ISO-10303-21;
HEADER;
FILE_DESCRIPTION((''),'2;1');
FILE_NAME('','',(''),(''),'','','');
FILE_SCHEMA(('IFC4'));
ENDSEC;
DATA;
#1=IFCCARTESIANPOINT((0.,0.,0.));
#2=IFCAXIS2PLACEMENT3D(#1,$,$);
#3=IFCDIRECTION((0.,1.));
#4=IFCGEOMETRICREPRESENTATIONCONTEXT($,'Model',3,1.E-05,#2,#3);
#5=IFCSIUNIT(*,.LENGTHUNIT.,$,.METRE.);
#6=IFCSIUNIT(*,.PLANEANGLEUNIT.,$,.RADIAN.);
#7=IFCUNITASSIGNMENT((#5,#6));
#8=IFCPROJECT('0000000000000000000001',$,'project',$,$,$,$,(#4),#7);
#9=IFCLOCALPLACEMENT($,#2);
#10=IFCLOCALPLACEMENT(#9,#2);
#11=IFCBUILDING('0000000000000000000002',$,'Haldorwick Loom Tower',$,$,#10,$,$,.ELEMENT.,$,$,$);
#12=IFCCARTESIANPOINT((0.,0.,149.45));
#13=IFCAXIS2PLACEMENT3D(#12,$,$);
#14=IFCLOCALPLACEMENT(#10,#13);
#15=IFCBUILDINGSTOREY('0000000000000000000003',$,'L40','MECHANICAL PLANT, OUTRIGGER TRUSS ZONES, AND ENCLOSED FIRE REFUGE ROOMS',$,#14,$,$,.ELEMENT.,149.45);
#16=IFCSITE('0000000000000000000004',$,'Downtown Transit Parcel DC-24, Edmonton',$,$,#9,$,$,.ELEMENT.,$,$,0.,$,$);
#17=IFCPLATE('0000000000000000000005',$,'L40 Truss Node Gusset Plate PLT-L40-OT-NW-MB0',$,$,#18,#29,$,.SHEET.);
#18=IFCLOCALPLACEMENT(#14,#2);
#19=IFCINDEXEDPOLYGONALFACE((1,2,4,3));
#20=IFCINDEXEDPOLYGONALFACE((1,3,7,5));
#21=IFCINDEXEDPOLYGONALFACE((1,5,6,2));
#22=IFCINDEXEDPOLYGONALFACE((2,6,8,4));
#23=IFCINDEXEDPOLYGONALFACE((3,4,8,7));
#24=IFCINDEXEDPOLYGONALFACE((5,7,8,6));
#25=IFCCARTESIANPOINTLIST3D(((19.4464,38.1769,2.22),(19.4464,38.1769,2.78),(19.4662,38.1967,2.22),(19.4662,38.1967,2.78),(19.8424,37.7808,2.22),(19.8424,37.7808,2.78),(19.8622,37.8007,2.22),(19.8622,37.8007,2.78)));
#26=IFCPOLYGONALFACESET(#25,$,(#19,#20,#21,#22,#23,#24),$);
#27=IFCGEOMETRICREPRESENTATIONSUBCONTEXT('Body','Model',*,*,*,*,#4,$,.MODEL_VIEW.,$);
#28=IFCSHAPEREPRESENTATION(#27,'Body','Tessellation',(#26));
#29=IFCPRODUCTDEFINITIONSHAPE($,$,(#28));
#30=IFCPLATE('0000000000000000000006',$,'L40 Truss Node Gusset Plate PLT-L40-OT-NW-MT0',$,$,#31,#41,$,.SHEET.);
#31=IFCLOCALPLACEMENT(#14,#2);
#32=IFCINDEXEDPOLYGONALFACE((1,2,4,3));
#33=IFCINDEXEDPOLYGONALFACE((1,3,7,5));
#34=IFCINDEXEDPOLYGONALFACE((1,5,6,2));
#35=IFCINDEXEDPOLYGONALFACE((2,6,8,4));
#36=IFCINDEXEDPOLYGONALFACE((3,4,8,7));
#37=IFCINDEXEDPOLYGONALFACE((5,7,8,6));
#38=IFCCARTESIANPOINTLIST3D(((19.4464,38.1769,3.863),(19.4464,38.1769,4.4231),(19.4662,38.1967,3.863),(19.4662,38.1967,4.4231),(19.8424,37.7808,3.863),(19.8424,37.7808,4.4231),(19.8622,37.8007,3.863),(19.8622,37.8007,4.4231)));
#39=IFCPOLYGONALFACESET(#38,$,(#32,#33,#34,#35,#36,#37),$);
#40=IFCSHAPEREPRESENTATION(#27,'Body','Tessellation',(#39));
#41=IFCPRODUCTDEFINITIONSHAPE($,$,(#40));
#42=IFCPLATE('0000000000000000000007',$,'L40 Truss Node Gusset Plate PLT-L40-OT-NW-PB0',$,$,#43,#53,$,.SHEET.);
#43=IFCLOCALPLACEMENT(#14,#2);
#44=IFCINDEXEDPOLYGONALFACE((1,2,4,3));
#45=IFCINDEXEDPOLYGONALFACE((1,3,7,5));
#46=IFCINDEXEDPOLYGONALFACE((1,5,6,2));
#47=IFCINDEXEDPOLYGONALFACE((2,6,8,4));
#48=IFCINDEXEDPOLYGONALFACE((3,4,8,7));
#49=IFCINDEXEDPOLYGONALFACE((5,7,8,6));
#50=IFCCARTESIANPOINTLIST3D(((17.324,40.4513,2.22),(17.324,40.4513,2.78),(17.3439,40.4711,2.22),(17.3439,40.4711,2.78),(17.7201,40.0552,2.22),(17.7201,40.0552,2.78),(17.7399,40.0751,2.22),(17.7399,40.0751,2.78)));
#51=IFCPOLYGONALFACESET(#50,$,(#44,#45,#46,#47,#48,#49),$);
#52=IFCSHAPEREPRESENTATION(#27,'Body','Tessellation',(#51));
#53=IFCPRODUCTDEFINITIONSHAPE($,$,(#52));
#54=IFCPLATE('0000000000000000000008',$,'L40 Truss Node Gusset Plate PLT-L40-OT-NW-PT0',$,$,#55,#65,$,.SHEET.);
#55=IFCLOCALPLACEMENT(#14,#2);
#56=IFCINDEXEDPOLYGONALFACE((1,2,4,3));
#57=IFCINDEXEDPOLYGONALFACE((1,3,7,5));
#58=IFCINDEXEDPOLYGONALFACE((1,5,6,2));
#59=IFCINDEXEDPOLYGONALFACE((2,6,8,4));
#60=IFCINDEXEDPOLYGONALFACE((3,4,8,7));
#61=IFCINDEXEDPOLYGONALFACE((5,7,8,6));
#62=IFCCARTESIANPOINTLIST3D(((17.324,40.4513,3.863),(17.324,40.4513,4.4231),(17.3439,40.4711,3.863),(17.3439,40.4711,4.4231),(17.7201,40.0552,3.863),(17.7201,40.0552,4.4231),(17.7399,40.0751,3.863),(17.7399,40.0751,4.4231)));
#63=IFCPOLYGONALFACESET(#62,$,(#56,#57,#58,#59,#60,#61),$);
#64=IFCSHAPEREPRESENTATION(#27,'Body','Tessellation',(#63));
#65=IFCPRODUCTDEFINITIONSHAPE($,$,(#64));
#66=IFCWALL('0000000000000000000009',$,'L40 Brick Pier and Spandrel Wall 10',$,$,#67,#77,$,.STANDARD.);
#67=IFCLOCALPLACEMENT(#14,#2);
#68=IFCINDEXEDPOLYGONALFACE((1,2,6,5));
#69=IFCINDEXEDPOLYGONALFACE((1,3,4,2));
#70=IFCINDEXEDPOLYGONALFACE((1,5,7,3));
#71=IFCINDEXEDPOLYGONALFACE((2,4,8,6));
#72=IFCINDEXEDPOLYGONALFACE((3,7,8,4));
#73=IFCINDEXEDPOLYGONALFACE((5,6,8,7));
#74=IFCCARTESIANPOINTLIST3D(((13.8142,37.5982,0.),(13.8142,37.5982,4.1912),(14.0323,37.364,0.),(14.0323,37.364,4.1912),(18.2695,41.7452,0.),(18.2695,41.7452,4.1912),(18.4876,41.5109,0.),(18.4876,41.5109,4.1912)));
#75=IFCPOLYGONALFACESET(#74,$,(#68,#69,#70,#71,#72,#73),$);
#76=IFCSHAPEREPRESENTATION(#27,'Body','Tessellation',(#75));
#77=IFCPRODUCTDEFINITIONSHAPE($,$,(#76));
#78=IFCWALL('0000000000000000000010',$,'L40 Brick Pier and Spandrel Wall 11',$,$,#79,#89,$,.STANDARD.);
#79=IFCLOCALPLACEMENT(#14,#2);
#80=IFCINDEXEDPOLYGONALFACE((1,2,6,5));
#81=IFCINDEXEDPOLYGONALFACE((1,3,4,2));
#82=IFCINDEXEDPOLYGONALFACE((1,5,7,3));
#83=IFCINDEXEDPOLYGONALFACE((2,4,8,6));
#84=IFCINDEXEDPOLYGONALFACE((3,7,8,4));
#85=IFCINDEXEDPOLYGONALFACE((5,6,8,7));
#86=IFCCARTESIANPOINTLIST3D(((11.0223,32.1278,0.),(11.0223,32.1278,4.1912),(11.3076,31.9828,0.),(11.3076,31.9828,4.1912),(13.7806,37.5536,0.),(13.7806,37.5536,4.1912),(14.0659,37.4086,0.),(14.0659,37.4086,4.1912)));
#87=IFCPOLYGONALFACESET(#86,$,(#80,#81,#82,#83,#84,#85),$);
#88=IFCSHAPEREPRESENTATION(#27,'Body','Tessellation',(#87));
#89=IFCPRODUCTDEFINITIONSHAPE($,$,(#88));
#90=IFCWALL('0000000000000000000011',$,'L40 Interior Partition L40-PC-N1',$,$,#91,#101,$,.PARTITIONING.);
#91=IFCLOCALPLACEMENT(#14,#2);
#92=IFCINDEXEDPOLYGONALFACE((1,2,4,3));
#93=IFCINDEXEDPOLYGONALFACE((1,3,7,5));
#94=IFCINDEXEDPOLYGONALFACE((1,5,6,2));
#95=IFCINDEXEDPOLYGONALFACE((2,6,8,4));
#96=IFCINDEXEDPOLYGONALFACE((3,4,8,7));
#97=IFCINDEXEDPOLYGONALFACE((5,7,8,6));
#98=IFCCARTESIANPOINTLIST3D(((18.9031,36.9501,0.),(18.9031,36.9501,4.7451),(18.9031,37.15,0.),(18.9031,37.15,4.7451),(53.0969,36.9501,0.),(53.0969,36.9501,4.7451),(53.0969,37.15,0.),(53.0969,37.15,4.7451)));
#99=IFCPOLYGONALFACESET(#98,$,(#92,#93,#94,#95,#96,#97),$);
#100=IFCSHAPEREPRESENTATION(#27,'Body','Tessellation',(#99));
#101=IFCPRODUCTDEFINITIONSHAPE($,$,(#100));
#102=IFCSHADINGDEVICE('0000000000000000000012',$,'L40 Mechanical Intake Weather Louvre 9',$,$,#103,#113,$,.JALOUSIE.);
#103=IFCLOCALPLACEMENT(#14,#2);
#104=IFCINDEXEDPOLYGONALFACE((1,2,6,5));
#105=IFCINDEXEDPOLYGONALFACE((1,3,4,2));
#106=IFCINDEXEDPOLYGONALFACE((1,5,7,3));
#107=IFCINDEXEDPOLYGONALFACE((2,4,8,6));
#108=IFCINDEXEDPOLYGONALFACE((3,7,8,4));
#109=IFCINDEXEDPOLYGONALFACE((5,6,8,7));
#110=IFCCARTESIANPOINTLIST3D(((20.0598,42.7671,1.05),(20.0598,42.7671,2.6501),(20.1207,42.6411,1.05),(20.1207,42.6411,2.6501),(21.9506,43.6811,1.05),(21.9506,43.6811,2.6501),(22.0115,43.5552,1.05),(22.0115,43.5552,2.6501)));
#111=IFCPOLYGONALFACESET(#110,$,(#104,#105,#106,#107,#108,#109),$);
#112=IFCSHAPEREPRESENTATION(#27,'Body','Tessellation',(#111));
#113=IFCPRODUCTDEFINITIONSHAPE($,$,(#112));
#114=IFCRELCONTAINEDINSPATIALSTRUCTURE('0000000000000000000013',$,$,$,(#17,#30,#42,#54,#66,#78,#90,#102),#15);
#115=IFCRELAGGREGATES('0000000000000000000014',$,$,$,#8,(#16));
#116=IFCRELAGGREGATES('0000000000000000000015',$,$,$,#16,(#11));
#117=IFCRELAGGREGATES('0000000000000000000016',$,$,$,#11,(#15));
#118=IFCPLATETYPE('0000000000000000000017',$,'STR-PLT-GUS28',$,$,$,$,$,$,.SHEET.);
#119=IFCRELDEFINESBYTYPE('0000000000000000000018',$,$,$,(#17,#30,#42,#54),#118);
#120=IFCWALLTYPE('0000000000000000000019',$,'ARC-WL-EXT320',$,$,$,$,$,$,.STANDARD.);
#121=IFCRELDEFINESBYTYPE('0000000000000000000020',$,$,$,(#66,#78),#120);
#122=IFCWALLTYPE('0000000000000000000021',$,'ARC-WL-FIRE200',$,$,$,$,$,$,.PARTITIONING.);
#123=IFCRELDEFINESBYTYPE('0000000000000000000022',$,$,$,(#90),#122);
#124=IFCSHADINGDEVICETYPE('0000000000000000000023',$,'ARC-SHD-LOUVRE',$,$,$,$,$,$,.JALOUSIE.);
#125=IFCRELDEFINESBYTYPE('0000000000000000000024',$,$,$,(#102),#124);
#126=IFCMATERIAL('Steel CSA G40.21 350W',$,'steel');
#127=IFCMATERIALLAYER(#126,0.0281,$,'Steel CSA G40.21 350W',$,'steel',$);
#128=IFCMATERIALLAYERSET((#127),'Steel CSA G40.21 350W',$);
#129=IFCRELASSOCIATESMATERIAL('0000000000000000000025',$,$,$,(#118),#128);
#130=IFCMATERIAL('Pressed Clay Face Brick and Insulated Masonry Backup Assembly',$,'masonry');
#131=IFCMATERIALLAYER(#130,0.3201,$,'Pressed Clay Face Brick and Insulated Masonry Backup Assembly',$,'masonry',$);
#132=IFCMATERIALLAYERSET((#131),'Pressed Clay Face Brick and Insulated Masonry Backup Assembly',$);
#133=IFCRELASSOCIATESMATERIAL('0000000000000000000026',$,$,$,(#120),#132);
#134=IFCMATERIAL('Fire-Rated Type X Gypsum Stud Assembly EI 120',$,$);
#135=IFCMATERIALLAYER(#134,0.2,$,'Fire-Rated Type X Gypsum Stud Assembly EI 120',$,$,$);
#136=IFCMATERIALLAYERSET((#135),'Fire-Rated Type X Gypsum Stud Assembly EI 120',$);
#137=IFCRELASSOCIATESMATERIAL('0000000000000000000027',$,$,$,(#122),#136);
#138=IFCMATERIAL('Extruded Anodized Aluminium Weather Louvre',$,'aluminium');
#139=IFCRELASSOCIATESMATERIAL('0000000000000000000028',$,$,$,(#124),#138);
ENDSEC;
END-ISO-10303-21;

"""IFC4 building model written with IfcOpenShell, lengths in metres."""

from ifc_helpers import new_model, si_unit, direction, frame, frame_2d, origin, origin_2d, place, context, subcontext, project, spatial, rectangle, extrude, material, layer, layer_set, type_object, element, save


model = new_model("IFC4")

# Units and contexts
model_context = context("Model", 3, precision=1e-05, world=origin(), true_north=direction((0.0, 1.0)))
body_context = subcontext(model_context, "Body", "Model", "MODEL_VIEW")
ifc_project = project(units=[si_unit("LENGTHUNIT", "METRE"), si_unit("PLANEANGLEUNIT", "RADIAN")], contexts=[model_context])

# Site, building, storey
site_placement = place(None, origin())
site = spatial("IfcSite", under=ifc_project, at=site_placement, Name="Downtown Transit Parcel DC-24, Edmonton", CompositionType="ELEMENT", RefElevation=0.0)
building_placement = place(site_placement, origin())
building = spatial("IfcBuilding", under=site, at=building_placement, Name="Haldorwick Loom Tower", CompositionType="ELEMENT")
storey_placement = place(building_placement, frame((0.0, 0.0, 149.45)))
storey = spatial("IfcBuildingStorey", under=building, at=storey_placement, Name="L40", Description="MECHANICAL PLANT, OUTRIGGER TRUSS ZONES, AND ENCLOSED FIRE REFUGE ROOMS", CompositionType="ELEMENT", Elevation=149.45)

# Shared definitions
ifc_material_1 = material(Name="Steel CSA G40.21 350W", Category="steel")

# Plates
ifc_layer_1 = layer(ifc_material_1, 0.0281, Name="Steel CSA G40.21 350W", Category="steel")
ifc_layer_set_1 = layer_set([ifc_layer_1], Name="Steel CSA G40.21 350W")
plate_type = type_object("IfcPlateType", Name="STR-PLT-GUS28", PredefinedType="SHEET", material=ifc_layer_set_1)
for number, where, z_axis, x_axis, name in (
    (1, (19.6543, 37.9888, 2.22), (0.0, 0.0, 1.0), (-0.707107, 0.707107, 0.0), "L40 Truss Node Gusset Plate PLT-L40-OT-NW-MB0"),
    (2, (19.6543, 37.9888, 3.863), (0.0, 0.0, 1.0), (-0.707107, 0.707107, 0.0), "L40 Truss Node Gusset Plate PLT-L40-OT-NW-MT0"),
    (3, (17.532, 40.2632, 2.22), (0.0, 0.0, 1.0), (-0.707107, 0.707107, 0.0), "L40 Truss Node Gusset Plate PLT-L40-OT-NW-PB0"),
    (4, (17.532, 40.2632, 3.863), (0.0, 0.0, 1.0), (-0.707107, 0.707107, 0.0), "L40 Truss Node Gusset Plate PLT-L40-OT-NW-PT0"),
):
    element("IfcPlate", number, at=place(storey_placement, frame(where, z_axis=z_axis, x_axis=x_axis)), inside=storey, type_object=plate_type, Name=name, PredefinedType="SHEET", context=body_context, shape_type="SweptSolid", body=[
        extrude(rectangle(XDim=0.5601, YDim=0.0281, at=origin_2d()), origin(), (0.0, 0.0, 1.0), 0.5601),
    ])

# Walls
ifc_material_2 = material(Name="Pressed Clay Face Brick and Insulated Masonry Backup Assembly", Category="masonry")
ifc_layer_2 = layer(ifc_material_2, 0.3201, Name="Pressed Clay Face Brick and Insulated Masonry Backup Assembly", Category="masonry")
ifc_layer_set_2 = layer_set([ifc_layer_2], Name="Pressed Clay Face Brick and Insulated Masonry Backup Assembly")
wall_type_1 = type_object("IfcWallType", Name="ARC-WL-EXT320", PredefinedType="STANDARD", material=ifc_layer_set_2)
for number, where, z_axis, x_axis, name in (
    (5, (18.3787, 41.6282, 0.0), (0.0, 0.0, 1.0), (-0.731983, -0.681323, 0.0), "L40 Brick Pier and Spandrel Wall 10"),
    (6, (13.9233, 37.4812, 0.0), (0.0, 0.0, 1.0), (-0.453172, -0.891423, 0.0), "L40 Brick Pier and Spandrel Wall 11"),
):
    element("IfcWall", number, at=place(storey_placement, frame(where, z_axis=z_axis, x_axis=x_axis)), inside=storey, type_object=wall_type_1, Name=name, PredefinedType="STANDARD", context=body_context, shape_type="SweptSolid", body=[
        extrude(rectangle(XDim=6.0867, YDim=0.3201, at=frame_2d((3.0435, 0.0))), origin(), (0.0, 0.0, 1.0), 4.1912),
    ])
ifc_material_3 = material(Name="Fire-Rated Type X Gypsum Stud Assembly EI 120")
ifc_layer_3 = layer(ifc_material_3, 0.2, Name="Fire-Rated Type X Gypsum Stud Assembly EI 120")
ifc_layer_set_3 = layer_set([ifc_layer_3], Name="Fire-Rated Type X Gypsum Stud Assembly EI 120")
wall_type_2 = type_object("IfcWallType", Name="ARC-WL-FIRE200", PredefinedType="PARTITIONING", material=ifc_layer_set_3)
wall_placement = place(storey_placement, frame((18.9031, 37.05, 0.0), z_axis=(0.0, 0.0, 1.0), x_axis=(1.0, 0.0, 0.0)))
element("IfcWall", 7, at=wall_placement, inside=storey, type_object=wall_type_2, Name="L40 Interior Partition L40-PC-N1", PredefinedType="PARTITIONING", context=body_context, shape_type="SweptSolid", body=[
    extrude(rectangle(XDim=34.1938, YDim=0.2, at=frame_2d((17.0969, 0.0))), origin(), (0.0, 0.0, 1.0), 4.7451),
])

# Shading device
ifc_material_4 = material(Name="Extruded Anodized Aluminium Weather Louvre", Category="aluminium")
shading_device_type = type_object("IfcShadingDeviceType", Name="ARC-SHD-LOUVRE", PredefinedType="JALOUSIE", material=ifc_material_4)
shading_device_placement = place(storey_placement, frame((21.0356, 43.1611, 1.05), z_axis=(0.0, 0.0, 1.0), x_axis=(-0.900319, -0.435231, 0.0)))
element("IfcShadingDevice", 8, at=shading_device_placement, inside=storey, type_object=shading_device_type, Name="L40 Mechanical Intake Weather Louvre 9", PredefinedType="JALOUSIE", context=body_context, shape_type="SweptSolid", body=[
    extrude(rectangle(XDim=2.1001, YDim=0.1399, at=origin_2d()), origin(), (0.0, 0.0, 1.0), 1.6001),
])

save(model, "model.ifc")
